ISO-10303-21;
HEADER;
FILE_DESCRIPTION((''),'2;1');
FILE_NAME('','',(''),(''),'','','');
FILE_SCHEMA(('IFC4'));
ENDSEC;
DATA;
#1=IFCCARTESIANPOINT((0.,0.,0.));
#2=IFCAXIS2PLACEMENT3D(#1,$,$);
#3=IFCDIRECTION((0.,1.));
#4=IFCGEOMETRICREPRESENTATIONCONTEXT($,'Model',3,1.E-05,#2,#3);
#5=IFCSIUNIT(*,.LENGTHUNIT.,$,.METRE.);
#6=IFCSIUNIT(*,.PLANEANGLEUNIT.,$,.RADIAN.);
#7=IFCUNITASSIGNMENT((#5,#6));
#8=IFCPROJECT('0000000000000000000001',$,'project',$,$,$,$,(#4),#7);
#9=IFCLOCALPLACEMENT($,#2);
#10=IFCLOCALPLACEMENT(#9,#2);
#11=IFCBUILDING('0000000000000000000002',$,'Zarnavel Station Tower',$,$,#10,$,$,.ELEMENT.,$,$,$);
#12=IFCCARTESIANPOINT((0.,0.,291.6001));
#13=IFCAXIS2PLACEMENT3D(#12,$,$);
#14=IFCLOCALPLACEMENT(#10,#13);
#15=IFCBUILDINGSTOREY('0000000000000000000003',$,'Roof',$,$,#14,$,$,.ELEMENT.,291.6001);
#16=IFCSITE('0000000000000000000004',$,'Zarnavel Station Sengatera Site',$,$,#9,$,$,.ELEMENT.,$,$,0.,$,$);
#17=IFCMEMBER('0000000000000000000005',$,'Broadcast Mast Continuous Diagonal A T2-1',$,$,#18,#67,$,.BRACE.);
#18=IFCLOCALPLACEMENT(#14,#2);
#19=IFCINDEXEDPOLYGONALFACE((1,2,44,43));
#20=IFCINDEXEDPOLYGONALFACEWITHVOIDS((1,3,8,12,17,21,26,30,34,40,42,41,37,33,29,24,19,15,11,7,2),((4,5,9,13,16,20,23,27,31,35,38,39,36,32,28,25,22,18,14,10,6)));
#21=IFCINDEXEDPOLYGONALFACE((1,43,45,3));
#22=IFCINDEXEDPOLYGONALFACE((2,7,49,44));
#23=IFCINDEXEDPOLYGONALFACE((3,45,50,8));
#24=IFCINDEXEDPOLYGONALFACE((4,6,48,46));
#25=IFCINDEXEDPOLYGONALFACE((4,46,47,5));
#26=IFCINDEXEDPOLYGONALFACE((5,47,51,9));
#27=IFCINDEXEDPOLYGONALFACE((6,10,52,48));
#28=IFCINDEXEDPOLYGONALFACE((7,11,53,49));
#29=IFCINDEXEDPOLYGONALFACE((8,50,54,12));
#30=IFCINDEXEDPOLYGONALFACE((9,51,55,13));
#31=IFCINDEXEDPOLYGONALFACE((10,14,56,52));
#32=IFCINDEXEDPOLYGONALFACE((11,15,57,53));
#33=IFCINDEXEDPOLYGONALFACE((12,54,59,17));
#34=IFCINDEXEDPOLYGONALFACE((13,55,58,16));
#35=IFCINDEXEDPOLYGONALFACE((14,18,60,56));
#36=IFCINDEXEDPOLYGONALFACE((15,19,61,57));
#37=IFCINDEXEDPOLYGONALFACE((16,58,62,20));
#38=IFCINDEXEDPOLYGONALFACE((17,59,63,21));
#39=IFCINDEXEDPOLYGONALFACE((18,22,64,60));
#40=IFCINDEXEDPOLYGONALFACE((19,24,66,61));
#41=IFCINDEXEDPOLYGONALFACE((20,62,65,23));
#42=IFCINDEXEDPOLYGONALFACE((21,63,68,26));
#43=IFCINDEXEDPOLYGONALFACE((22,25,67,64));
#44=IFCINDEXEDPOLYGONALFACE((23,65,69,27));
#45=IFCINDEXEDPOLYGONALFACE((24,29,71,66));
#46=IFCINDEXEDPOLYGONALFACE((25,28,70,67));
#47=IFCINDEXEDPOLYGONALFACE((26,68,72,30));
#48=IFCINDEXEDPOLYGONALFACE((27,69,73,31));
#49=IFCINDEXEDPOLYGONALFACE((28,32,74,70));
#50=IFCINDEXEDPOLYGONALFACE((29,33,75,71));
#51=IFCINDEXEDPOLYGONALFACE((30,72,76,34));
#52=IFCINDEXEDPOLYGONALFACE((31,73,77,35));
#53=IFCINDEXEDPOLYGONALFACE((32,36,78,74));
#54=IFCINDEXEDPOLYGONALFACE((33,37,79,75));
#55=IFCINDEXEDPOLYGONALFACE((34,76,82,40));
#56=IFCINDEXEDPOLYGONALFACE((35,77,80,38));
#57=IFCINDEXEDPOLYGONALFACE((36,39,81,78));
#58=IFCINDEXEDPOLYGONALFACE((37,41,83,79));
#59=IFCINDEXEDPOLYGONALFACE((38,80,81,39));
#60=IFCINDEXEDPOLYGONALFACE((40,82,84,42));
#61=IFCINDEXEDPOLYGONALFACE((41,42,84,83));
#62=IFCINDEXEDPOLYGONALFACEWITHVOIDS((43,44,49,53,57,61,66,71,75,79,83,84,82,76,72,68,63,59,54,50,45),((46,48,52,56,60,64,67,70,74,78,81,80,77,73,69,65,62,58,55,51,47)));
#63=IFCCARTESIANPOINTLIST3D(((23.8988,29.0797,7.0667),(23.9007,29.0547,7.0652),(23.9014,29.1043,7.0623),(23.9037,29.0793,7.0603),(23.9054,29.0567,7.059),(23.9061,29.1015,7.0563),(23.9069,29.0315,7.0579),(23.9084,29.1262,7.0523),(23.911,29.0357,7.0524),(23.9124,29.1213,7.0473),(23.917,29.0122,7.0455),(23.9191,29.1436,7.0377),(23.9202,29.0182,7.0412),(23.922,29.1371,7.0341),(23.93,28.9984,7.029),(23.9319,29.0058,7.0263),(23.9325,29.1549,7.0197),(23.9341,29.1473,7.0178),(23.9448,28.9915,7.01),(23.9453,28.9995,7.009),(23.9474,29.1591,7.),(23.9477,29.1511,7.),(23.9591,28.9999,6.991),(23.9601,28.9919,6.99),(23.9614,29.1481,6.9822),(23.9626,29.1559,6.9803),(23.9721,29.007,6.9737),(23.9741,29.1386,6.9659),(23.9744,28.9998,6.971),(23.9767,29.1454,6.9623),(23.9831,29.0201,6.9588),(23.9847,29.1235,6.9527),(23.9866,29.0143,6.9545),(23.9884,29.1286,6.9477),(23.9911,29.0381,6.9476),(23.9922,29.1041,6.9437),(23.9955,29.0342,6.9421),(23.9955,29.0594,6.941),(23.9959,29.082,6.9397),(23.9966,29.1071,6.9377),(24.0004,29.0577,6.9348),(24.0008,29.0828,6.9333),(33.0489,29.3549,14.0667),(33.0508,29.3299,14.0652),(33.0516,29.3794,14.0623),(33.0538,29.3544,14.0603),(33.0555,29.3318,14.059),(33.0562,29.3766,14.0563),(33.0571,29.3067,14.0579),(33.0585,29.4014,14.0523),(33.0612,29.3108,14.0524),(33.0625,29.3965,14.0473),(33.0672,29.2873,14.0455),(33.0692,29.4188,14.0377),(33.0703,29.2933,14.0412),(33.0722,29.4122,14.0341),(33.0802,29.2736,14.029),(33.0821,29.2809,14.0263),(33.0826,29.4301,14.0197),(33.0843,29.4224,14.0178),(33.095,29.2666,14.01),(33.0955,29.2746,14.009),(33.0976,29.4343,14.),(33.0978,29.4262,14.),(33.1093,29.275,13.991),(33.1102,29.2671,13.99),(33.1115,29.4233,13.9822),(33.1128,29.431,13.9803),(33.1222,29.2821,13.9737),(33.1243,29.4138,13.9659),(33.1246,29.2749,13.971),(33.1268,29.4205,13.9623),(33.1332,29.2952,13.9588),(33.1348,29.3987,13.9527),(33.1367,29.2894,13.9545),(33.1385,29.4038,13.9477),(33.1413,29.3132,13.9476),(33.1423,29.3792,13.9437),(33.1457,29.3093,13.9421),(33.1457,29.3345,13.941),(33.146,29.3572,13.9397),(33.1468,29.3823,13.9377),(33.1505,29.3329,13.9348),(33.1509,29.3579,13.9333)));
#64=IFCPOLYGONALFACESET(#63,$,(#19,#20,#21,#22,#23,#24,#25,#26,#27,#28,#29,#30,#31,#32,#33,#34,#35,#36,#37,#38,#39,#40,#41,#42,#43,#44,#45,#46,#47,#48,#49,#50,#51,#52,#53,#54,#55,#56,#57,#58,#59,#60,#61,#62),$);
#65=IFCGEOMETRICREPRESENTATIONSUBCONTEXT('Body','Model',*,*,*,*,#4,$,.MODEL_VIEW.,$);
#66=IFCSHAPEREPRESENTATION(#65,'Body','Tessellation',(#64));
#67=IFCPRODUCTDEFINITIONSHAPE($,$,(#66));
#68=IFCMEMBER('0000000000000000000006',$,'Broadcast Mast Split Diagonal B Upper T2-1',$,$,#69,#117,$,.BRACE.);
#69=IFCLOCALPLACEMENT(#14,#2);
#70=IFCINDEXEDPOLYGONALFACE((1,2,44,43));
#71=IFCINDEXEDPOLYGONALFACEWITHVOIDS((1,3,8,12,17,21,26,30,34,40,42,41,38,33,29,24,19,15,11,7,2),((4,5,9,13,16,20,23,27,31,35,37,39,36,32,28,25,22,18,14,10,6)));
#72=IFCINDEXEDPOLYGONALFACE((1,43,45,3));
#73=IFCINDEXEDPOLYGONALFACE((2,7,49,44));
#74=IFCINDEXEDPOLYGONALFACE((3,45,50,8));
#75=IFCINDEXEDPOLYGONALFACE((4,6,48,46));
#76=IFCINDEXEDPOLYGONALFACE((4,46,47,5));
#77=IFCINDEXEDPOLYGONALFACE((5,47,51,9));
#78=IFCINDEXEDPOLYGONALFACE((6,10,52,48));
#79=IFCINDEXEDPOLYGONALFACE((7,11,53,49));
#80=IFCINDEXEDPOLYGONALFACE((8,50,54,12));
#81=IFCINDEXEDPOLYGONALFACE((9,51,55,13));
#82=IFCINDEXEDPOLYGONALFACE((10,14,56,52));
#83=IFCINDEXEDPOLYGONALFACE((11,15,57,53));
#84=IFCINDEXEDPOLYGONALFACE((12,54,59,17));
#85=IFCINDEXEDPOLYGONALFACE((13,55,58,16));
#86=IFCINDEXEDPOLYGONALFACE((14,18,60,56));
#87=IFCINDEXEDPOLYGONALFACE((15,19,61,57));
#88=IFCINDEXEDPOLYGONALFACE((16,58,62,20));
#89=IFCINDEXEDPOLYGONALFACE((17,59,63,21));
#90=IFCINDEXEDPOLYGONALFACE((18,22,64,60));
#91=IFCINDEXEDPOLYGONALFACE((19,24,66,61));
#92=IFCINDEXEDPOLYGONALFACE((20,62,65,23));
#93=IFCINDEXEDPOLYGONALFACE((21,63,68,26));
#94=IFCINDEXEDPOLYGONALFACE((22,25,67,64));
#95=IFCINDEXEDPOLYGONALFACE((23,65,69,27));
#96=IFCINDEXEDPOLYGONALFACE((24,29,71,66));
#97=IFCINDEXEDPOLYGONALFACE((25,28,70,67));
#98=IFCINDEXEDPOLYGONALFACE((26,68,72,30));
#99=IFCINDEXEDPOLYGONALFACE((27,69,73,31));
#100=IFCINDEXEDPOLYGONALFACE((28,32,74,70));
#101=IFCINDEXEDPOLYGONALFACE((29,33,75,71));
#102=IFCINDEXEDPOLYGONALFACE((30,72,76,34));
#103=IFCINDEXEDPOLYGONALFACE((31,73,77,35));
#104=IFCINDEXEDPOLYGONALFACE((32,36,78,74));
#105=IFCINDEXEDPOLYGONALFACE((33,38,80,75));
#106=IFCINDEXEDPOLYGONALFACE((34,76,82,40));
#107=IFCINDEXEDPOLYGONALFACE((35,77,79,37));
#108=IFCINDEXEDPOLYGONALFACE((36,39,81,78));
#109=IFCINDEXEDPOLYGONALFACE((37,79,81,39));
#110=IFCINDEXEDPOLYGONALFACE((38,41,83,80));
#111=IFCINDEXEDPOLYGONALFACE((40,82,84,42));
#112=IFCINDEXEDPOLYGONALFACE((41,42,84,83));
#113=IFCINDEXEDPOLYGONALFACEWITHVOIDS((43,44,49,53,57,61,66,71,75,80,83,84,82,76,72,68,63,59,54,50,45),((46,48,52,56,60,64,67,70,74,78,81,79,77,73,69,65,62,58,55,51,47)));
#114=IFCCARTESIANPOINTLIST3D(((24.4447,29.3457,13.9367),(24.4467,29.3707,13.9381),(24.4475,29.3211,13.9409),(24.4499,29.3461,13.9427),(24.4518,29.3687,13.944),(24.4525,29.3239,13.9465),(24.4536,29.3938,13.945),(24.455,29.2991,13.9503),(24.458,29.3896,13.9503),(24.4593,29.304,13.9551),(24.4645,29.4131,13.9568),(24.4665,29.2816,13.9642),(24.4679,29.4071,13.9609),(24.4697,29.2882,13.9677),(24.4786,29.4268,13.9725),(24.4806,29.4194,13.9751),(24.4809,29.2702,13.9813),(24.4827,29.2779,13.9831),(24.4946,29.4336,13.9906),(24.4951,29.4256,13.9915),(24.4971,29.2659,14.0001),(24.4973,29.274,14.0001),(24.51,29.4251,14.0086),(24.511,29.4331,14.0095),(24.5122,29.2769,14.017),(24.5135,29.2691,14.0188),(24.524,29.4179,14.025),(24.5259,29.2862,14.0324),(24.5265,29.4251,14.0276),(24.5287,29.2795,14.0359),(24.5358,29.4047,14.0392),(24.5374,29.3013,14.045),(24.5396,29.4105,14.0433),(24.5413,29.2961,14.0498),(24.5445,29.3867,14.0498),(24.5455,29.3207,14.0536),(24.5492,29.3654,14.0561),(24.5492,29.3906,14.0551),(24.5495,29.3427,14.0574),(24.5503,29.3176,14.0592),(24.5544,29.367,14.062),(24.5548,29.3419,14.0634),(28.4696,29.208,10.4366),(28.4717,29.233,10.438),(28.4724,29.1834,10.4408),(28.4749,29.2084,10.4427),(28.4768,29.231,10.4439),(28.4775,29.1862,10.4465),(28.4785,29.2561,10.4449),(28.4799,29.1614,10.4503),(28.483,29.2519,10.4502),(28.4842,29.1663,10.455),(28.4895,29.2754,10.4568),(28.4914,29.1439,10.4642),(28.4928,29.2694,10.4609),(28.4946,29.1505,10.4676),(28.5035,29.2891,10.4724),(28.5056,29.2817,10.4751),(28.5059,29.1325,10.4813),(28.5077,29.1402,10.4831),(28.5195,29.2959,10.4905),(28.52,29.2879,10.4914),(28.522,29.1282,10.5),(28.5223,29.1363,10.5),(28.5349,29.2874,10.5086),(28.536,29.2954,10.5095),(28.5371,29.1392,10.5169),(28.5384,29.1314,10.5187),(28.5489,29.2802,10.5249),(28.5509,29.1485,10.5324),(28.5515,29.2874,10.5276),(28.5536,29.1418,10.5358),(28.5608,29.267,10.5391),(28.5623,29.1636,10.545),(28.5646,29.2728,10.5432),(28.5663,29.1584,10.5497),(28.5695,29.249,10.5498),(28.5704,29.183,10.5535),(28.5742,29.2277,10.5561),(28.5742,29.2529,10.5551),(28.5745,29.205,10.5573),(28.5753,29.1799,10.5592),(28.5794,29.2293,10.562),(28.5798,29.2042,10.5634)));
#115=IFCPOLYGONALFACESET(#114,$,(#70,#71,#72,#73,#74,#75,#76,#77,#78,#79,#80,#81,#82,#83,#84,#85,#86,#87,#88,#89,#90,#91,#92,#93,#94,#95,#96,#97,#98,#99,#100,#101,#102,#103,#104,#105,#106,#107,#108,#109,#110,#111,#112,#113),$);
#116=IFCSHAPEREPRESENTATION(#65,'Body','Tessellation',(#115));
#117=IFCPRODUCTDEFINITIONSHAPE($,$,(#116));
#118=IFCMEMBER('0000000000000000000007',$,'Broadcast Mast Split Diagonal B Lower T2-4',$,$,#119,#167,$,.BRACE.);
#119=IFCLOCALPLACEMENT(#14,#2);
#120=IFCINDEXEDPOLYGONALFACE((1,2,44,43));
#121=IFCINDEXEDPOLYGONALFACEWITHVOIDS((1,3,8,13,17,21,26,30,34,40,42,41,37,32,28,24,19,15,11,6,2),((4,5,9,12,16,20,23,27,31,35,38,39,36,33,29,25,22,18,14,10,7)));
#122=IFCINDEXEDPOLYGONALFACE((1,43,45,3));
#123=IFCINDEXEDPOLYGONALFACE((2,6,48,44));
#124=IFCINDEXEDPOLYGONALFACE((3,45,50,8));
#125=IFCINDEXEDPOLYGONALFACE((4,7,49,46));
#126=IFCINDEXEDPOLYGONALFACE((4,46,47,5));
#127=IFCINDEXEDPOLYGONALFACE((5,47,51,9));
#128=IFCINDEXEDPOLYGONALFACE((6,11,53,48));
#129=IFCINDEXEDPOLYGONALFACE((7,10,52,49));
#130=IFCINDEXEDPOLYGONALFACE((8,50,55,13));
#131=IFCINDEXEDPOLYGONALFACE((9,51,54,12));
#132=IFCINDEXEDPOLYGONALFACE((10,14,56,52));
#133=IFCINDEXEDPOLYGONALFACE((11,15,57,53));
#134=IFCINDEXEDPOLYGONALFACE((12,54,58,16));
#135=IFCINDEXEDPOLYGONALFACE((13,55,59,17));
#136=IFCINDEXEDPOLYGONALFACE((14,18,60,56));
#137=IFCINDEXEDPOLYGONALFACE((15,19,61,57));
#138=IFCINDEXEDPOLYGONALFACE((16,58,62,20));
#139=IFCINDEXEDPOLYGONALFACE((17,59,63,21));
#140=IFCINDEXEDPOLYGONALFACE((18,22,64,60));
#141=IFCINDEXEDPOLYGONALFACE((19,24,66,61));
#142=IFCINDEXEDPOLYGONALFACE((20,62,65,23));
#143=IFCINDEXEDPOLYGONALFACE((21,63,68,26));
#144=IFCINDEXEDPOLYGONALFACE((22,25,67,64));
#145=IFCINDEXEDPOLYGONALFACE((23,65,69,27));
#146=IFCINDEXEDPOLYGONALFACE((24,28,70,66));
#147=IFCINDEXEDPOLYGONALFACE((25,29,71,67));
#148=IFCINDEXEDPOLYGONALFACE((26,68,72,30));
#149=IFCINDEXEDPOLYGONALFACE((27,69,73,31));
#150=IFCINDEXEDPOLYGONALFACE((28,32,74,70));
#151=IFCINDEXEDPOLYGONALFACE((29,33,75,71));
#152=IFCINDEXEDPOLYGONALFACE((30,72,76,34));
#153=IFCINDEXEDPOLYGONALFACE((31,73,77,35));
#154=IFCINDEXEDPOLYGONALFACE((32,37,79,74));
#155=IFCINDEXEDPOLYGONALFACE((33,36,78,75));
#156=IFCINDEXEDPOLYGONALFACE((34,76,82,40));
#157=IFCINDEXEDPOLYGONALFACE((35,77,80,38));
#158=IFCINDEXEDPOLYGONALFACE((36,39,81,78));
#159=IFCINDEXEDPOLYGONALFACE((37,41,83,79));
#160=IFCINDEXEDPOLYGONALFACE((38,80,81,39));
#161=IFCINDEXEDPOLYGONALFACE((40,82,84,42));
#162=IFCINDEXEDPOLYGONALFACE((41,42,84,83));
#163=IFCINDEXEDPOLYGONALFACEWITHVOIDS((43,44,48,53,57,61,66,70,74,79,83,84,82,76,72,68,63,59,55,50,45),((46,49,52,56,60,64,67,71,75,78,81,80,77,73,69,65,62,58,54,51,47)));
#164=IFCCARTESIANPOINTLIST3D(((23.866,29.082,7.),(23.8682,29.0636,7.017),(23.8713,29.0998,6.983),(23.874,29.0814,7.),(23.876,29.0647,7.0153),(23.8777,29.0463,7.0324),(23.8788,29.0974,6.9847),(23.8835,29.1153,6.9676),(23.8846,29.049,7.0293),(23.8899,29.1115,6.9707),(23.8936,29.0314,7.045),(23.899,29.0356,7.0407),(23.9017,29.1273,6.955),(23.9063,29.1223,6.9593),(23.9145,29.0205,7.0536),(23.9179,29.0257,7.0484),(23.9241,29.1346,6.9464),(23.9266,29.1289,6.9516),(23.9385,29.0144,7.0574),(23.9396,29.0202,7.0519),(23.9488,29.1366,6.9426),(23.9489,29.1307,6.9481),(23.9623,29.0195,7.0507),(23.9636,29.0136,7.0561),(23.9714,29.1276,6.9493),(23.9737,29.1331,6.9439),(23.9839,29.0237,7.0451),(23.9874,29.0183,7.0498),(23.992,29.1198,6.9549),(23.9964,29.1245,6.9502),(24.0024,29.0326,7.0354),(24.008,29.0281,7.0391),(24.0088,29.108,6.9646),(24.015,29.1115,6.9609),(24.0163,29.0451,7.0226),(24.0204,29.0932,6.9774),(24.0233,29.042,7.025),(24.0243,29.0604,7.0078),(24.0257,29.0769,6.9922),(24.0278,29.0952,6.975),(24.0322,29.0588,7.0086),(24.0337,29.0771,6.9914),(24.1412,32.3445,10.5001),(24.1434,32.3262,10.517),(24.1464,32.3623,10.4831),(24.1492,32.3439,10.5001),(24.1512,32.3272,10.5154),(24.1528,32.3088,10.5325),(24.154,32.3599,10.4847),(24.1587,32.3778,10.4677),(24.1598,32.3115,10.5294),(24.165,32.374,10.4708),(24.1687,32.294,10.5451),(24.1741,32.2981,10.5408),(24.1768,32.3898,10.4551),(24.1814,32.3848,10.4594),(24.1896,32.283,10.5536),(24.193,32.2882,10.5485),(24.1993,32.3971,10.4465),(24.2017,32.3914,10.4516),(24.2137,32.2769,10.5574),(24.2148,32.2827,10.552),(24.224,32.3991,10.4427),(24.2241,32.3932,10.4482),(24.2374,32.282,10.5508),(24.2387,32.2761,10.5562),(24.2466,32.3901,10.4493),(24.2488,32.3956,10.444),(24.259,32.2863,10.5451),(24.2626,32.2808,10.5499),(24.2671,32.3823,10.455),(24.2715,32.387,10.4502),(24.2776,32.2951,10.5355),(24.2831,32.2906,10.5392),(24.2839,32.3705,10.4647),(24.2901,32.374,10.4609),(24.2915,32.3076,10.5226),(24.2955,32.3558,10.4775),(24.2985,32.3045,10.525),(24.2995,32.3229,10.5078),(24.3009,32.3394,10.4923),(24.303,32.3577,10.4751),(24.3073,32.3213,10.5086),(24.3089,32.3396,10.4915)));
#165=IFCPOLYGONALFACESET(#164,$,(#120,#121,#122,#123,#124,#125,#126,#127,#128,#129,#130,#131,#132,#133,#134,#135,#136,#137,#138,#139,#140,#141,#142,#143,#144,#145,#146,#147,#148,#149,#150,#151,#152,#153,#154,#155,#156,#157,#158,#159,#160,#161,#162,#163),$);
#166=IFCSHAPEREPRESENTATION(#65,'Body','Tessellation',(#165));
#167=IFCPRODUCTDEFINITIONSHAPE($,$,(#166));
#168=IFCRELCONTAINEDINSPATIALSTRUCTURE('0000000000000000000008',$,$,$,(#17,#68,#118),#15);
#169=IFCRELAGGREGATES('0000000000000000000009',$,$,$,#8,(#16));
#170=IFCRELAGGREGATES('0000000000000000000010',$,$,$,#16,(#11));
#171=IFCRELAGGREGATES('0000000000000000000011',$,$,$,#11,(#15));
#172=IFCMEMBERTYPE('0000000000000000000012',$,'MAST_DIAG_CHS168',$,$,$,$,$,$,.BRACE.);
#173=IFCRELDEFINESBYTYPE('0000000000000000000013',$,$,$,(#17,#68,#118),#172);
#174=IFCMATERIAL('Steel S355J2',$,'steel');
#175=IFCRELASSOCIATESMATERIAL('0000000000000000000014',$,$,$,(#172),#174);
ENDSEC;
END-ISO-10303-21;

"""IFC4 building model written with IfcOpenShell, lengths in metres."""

from ifc_helpers import new_model, si_unit, direction, frame, origin, origin_2d, place, context, subcontext, project, spatial, hollow_circle, extrude, material, material_profile, profile_set, type_object, element, save


model = new_model("IFC4")

# Units and contexts
model_context = context("Model", 3, precision=1e-05, world=origin(), true_north=direction((0.0, 1.0)))
body_context = subcontext(model_context, "Body", "Model", "MODEL_VIEW")
ifc_project = project(units=[si_unit("LENGTHUNIT", "METRE"), si_unit("PLANEANGLEUNIT", "RADIAN")], contexts=[model_context])

# Site, building, storey
site_placement = place(None, origin())
site = spatial("IfcSite", under=ifc_project, at=site_placement, Name="Zarnavel Station Sengatera Site", CompositionType="ELEMENT", RefElevation=0.0)
building_placement = place(site_placement, origin())
building = spatial("IfcBuilding", under=site, at=building_placement, Name="Zarnavel Station Tower", CompositionType="ELEMENT")
storey_placement = place(building_placement, frame((0.0, 0.0, 291.6001)))
storey = spatial("IfcBuildingStorey", under=building, at=storey_placement, Name="Roof", CompositionType="ELEMENT", Elevation=291.6001)

# Members
ifc_material_1 = material(Name="Steel S355J2", Category="steel")
ifc_material_profile_1 = material_profile(ifc_material_1, hollow_circle(Radius=0.0842, WallThickness=0.0081, at=origin_2d()), Name="CHS168.3x8")
ifc_profile_set_1 = profile_set([ifc_material_profile_1], Name="Steel S355J2")
member_type_1 = type_object("IfcMemberType", Name="MAST_DIAG_CHS168", PredefinedType="BRACE", material=ifc_profile_set_1)
member_1_placement = place(storey_placement, frame((23.95, 29.075, 7.0), z_axis=(0.794013, 0.023876, 0.607432), x_axis=(-0.030057, 0.999548, 0.0)))
element("IfcMember", 1, at=member_1_placement, inside=storey, type_object=member_type_1, Name="Broadcast Mast Continuous Diagonal A T2-1", PredefinedType="BRACE", context=body_context, shape_type="SweptSolid", body=[
    extrude(hollow_circle(Radius=0.0842, WallThickness=0.0081, at=origin_2d()), origin(), (0.0, 0.0, 1.0), 11.5239),
])
member_2_placement = place(storey_placement, frame((28.5249, 29.2124, 10.5), z_axis=(-0.754346, 0.025807, 0.655969), x_axis=(-0.034191, -0.999415, 0.0)))
element("IfcMember", 2, at=member_2_placement, inside=storey, type_object=member_type_1, Name="Broadcast Mast Split Diagonal B Upper T2-1", PredefinedType="BRACE", context=body_context, shape_type="SweptSolid", body=[
    extrude(hollow_circle(Radius=0.0842, WallThickness=0.0081, at=origin_2d()), origin(), (0.0, 0.0, 1.0), 5.3357),
])
member_3_placement = place(storey_placement, frame((23.95, 29.075, 7.0), z_axis=(0.05741, 0.680723, 0.730288), x_axis=(-0.996462, 0.084039, 0.0)))
element("IfcMember", 3, at=member_3_placement, inside=storey, type_object=member_type_1, Name="Broadcast Mast Split Diagonal B Lower T2-4", PredefinedType="BRACE", context=body_context, shape_type="SweptSolid", body=[
    extrude(hollow_circle(Radius=0.0842, WallThickness=0.0081, at=origin_2d()), origin(), (0.0, 0.0, 1.0), 4.7927),
])

save(model, "model.ifc")
